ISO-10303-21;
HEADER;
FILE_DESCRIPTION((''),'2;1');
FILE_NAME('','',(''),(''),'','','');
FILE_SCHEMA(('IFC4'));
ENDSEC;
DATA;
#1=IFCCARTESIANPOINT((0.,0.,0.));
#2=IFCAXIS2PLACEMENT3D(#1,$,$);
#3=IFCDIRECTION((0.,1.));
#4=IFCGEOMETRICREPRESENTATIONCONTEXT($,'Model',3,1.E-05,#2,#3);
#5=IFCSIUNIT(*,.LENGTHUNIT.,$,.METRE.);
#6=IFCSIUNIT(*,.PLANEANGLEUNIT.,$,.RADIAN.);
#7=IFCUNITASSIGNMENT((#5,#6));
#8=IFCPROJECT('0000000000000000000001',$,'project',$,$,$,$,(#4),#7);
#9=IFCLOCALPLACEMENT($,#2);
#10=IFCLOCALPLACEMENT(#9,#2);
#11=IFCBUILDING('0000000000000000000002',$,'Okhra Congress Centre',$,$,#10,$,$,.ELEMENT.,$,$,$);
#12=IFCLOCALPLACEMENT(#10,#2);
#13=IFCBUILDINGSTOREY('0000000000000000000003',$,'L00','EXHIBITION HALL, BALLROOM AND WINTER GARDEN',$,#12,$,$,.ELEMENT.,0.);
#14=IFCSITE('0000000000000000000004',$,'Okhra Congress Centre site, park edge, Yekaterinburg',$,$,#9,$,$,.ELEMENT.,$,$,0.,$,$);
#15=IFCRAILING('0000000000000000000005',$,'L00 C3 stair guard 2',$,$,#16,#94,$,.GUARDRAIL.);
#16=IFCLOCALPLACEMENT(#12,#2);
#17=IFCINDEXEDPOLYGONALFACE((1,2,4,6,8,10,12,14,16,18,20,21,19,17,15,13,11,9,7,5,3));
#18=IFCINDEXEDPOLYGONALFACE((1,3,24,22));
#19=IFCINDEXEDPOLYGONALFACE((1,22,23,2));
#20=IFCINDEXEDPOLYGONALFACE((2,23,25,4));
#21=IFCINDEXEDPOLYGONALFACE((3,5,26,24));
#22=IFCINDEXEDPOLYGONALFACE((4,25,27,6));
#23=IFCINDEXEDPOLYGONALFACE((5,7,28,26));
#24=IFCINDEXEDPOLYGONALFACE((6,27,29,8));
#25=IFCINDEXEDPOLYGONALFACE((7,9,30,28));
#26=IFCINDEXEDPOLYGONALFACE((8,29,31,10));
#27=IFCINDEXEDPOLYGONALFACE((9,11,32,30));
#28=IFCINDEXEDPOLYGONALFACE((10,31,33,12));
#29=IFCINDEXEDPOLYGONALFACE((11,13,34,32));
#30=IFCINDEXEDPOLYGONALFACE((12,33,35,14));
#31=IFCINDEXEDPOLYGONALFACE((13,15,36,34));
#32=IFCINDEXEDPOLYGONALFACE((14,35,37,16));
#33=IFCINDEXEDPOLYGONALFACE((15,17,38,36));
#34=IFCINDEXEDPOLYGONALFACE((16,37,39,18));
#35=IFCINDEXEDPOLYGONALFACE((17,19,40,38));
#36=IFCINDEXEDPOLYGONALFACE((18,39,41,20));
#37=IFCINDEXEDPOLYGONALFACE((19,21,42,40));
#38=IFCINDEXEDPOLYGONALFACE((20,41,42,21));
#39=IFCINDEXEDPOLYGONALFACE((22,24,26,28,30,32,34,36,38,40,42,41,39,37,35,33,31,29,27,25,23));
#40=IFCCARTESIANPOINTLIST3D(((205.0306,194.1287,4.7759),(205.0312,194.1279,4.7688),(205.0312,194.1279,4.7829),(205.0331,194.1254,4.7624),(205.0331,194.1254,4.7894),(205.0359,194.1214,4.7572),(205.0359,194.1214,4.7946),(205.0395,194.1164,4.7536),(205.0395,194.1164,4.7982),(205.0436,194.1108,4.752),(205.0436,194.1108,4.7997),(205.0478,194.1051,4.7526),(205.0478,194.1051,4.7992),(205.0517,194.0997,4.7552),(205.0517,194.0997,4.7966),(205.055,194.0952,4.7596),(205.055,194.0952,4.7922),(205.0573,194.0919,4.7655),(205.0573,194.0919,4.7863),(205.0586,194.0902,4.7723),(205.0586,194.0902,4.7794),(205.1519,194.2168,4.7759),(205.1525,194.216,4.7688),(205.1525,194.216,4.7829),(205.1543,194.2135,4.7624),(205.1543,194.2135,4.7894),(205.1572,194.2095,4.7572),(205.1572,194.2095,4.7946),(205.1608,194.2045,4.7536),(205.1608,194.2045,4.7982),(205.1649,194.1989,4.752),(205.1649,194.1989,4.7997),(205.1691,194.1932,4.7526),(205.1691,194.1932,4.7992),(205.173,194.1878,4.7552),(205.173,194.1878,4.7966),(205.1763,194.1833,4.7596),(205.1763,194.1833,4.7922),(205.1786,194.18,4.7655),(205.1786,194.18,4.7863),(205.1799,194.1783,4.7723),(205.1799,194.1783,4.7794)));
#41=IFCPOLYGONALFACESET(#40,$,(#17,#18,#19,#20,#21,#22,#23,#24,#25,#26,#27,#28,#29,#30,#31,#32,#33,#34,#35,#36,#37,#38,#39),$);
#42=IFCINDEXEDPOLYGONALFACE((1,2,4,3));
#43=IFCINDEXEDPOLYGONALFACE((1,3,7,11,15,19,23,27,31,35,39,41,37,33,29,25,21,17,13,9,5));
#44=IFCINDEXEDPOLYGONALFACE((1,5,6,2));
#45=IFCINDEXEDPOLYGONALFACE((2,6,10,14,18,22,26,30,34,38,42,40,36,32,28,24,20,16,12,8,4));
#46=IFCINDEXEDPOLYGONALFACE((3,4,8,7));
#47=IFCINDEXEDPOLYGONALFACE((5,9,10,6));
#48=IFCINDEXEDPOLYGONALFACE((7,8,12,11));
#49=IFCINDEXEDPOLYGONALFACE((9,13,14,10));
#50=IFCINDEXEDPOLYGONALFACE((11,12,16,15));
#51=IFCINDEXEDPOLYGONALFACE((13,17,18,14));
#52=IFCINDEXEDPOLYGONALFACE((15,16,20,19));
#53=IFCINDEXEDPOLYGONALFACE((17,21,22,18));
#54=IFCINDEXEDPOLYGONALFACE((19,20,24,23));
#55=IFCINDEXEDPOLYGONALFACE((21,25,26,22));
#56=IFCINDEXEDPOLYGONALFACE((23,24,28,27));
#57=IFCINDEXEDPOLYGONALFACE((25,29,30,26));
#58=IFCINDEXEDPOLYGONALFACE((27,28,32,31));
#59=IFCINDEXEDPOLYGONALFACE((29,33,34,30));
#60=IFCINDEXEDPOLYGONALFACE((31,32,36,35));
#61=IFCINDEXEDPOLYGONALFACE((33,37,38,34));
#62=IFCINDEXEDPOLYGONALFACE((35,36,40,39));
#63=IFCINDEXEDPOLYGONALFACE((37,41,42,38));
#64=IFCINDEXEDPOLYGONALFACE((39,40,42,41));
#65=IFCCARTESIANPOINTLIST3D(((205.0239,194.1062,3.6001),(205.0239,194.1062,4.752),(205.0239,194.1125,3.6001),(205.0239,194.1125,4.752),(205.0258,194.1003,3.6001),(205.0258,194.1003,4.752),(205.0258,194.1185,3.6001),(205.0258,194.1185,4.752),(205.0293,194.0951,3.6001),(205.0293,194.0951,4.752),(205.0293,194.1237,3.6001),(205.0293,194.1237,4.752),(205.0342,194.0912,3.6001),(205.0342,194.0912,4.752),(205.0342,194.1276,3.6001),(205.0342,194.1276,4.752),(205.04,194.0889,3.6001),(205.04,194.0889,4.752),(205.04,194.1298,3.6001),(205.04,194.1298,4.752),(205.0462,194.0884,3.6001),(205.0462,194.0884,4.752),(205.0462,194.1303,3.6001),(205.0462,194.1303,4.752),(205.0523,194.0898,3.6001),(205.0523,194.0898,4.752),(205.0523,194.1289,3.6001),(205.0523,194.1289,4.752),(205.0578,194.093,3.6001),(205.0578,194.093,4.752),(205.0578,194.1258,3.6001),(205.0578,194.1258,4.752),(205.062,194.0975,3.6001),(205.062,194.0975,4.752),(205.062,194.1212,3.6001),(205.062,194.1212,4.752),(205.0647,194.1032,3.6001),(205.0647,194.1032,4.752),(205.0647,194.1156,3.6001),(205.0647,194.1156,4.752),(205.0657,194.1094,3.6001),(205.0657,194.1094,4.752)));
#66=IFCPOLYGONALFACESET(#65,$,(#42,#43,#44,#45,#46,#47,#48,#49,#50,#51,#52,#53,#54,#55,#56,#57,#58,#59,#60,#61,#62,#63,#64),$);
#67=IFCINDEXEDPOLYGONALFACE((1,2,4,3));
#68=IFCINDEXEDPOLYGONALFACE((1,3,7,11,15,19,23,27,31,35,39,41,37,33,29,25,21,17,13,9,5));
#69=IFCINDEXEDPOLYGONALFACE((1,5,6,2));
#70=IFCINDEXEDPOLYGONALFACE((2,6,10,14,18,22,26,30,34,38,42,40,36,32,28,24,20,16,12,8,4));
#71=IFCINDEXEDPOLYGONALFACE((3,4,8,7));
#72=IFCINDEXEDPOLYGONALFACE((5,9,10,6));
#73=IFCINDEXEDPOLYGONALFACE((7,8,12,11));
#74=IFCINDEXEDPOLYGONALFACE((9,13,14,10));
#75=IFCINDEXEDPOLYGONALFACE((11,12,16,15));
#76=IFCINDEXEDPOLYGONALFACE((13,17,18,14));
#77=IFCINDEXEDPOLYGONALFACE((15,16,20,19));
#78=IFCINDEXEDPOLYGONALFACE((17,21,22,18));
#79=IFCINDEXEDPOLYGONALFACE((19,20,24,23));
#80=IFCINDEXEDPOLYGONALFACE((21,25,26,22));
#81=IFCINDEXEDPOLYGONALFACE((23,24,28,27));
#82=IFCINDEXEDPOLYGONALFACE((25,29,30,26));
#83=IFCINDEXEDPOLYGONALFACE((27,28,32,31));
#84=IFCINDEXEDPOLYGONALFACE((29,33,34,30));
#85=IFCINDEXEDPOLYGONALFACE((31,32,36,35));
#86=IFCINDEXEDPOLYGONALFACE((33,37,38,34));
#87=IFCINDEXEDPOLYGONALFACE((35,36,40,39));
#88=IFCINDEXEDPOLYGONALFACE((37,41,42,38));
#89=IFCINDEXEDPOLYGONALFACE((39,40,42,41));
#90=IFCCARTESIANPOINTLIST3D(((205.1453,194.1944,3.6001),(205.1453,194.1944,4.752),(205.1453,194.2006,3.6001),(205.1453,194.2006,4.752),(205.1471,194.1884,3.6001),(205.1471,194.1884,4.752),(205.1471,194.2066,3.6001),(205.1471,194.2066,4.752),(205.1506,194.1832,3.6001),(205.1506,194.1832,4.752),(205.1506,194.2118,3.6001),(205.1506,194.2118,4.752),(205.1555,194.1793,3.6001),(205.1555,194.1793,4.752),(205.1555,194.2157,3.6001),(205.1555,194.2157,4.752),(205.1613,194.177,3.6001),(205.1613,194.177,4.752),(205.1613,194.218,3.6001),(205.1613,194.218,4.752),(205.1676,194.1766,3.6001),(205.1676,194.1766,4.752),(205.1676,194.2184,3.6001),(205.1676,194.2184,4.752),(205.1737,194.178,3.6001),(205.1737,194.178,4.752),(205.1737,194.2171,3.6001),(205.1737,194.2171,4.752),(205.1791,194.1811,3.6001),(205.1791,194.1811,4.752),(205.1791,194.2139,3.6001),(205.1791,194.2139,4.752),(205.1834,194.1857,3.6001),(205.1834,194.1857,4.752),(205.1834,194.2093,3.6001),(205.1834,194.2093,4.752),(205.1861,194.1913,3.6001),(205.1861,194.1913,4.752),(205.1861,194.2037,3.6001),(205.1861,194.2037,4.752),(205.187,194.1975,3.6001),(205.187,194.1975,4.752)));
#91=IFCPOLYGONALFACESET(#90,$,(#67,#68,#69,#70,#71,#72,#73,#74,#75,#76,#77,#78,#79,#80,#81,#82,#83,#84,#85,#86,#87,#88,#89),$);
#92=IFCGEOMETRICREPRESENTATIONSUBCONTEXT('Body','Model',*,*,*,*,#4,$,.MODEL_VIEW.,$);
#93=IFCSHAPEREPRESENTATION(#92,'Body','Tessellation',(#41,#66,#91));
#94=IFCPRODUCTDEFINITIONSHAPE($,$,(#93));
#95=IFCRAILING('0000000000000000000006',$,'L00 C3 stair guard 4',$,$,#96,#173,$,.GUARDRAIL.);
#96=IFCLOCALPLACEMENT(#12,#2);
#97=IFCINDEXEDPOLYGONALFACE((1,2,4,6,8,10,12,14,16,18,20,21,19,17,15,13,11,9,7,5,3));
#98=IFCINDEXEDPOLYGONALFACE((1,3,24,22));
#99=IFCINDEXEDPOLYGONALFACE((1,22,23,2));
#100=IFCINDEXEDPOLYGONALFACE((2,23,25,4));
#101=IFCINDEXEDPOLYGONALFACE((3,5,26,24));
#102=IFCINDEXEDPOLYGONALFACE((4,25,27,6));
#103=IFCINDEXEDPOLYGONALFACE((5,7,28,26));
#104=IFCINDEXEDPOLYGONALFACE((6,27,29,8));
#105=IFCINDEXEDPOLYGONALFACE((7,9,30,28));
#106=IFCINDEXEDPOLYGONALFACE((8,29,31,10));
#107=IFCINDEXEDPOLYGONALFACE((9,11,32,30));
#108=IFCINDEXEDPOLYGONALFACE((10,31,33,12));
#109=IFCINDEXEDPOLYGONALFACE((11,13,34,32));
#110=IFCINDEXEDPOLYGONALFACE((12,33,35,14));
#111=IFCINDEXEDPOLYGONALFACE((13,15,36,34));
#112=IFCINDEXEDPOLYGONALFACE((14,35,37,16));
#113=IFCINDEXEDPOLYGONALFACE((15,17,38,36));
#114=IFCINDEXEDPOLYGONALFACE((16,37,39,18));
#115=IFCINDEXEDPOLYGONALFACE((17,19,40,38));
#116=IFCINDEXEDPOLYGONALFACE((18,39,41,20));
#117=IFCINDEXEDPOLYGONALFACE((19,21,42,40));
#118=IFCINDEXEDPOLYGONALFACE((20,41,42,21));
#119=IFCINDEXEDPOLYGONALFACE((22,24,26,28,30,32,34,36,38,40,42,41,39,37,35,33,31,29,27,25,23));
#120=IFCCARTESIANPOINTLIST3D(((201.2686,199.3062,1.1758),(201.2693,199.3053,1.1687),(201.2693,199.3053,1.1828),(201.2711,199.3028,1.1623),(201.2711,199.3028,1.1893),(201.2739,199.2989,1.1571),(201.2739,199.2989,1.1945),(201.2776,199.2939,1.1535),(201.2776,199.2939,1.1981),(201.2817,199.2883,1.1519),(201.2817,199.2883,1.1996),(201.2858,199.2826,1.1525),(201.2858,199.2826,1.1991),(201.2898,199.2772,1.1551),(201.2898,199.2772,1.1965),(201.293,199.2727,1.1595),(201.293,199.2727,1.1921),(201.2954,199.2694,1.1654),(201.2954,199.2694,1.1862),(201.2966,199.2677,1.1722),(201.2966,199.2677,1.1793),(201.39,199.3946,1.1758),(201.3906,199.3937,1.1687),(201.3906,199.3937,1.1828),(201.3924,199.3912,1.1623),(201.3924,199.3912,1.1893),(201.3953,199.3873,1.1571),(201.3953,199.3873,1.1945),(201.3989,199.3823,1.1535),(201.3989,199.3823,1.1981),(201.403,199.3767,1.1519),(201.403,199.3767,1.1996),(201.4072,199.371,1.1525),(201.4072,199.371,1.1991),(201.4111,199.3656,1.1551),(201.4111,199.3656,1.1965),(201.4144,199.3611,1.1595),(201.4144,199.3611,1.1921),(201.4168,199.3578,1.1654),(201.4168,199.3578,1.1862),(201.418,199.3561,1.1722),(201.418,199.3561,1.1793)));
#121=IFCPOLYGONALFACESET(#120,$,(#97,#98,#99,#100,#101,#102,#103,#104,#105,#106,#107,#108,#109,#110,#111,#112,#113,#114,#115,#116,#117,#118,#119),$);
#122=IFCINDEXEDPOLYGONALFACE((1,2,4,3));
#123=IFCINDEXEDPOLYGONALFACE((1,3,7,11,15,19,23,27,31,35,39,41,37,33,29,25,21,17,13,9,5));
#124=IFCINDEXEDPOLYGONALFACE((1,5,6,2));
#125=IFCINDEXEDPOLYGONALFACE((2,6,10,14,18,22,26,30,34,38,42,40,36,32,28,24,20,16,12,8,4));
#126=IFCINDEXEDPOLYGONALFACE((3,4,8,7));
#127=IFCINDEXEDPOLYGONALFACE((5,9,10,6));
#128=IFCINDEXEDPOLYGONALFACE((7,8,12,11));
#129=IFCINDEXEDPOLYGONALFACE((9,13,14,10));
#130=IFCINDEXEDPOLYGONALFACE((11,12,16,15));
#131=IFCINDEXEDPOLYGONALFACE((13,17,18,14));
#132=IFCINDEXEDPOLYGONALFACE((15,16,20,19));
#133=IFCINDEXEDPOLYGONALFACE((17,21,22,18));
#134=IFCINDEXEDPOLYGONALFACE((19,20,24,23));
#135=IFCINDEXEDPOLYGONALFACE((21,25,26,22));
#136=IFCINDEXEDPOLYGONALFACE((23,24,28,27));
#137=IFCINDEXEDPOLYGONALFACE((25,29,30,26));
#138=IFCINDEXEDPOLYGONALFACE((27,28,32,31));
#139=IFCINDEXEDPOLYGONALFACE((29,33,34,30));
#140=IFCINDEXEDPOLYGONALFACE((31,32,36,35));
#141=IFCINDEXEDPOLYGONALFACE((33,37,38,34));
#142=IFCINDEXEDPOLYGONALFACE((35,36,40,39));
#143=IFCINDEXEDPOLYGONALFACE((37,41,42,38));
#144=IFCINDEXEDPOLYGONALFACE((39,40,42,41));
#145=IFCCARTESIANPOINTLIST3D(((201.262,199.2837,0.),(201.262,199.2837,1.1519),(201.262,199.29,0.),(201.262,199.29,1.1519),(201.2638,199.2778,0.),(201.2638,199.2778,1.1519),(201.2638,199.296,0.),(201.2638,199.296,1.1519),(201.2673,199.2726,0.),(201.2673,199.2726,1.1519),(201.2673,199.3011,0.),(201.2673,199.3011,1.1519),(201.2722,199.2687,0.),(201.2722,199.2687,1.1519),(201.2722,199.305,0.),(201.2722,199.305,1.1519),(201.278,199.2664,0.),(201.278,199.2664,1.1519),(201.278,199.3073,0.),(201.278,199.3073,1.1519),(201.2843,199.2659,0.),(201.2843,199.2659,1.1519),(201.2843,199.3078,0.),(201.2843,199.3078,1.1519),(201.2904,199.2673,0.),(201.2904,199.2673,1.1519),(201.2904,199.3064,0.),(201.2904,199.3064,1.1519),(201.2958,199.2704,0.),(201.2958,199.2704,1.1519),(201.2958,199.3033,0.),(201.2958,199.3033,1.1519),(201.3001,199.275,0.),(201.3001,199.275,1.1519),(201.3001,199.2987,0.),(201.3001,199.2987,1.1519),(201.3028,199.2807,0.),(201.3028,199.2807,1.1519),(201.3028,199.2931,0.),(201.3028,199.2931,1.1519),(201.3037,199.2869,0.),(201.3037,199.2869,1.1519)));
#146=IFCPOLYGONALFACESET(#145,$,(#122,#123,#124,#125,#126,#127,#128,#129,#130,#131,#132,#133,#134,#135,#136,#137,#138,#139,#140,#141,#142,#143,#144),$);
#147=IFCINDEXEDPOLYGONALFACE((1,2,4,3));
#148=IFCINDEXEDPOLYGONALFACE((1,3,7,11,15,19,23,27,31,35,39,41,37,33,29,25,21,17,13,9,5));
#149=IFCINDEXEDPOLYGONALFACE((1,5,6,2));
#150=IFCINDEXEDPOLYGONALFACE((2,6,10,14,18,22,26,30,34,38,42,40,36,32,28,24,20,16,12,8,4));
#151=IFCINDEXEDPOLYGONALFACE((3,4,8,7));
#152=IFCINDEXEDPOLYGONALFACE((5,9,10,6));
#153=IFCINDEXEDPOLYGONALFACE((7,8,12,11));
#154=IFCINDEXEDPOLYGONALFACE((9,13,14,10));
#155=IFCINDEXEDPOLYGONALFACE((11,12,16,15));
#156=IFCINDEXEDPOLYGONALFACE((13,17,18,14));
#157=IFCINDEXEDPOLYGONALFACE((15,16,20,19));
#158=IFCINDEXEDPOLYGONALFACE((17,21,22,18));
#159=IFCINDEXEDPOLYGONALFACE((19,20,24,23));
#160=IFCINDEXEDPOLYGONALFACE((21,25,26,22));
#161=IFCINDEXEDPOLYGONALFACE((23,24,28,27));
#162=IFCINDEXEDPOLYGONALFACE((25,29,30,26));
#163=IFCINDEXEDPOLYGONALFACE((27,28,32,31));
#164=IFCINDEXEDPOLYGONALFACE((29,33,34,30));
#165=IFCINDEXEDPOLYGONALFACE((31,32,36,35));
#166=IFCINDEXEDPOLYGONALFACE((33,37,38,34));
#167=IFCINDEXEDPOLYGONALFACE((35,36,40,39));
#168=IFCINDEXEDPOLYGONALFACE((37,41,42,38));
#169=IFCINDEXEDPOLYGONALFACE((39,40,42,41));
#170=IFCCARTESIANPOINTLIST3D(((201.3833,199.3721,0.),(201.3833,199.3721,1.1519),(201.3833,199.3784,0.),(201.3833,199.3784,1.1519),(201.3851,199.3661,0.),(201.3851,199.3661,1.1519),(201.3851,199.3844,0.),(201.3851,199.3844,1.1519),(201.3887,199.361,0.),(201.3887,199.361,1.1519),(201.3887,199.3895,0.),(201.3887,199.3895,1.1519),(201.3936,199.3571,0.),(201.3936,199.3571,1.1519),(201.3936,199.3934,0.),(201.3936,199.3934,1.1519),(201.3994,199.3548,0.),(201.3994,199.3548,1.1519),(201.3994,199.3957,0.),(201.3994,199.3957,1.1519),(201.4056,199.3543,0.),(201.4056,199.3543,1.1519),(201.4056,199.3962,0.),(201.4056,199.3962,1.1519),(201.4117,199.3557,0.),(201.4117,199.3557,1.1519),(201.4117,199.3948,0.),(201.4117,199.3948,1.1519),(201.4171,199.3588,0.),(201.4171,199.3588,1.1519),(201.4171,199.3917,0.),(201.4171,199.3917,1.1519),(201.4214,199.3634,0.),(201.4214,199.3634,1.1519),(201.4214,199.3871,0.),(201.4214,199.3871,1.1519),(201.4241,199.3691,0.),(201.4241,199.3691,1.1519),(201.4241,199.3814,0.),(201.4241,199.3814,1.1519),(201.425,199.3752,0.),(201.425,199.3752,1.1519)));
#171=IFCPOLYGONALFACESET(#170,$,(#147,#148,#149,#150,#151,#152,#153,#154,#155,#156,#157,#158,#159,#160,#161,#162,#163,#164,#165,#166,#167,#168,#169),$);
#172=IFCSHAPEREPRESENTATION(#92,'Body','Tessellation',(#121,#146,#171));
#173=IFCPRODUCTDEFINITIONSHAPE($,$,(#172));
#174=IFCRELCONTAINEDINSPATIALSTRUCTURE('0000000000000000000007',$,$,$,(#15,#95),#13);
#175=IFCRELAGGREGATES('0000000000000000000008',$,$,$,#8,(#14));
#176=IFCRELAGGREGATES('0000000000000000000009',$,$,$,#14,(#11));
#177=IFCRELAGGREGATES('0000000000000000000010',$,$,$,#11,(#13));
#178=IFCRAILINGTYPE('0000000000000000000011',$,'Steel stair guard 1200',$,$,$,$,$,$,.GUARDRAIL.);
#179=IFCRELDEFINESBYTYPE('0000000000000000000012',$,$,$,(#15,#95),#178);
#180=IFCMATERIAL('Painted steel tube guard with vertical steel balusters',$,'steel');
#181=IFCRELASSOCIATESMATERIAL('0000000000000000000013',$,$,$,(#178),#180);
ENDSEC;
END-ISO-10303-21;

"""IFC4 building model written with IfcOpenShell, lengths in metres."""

from ifc_helpers import new_model, si_unit, direction, frame, origin, origin_2d, place, context, subcontext, project, spatial, circle, extrude, material, type_object, element, save


model = new_model("IFC4")

# Units and contexts
model_context = context("Model", 3, precision=1e-05, world=origin(), true_north=direction((0.0, 1.0)))
body_context = subcontext(model_context, "Body", "Model", "MODEL_VIEW")
ifc_project = project(units=[si_unit("LENGTHUNIT", "METRE"), si_unit("PLANEANGLEUNIT", "RADIAN")], contexts=[model_context])

# Site, building, storey
site_placement = place(None, origin())
site = spatial("IfcSite", under=ifc_project, at=site_placement, Name="Okhra Congress Centre site, park edge, Yekaterinburg", CompositionType="ELEMENT", RefElevation=0.0)
building_placement = place(site_placement, origin())
building = spatial("IfcBuilding", under=site, at=building_placement, Name="Okhra Congress Centre", CompositionType="ELEMENT")
storey_placement = place(building_placement, origin())
storey = spatial("IfcBuildingStorey", under=building, at=storey_placement, Name="L00", Description="EXHIBITION HALL, BALLROOM AND WINTER GARDEN", CompositionType="ELEMENT", Elevation=0.0)

# Railings
ifc_material_1 = material(Name="Painted steel tube guard with vertical steel balusters", Category="steel")
railing_type_1 = type_object("IfcRailingType", Name="Steel stair guard 1200", PredefinedType="GUARDRAIL", material=ifc_material_1)
railing_1_placement = place(storey_placement, frame((205.0447, 194.1094, 3.6001)))
element("IfcRailing", 1, at=railing_1_placement, inside=storey, type_object=railing_type_1, Name="L00 C3 stair guard 2", PredefinedType="GUARDRAIL", context=body_context, shape_type="SweptSolid", body=[
    extrude(circle(Radius=0.0239, at=origin_2d()), frame((0.0, 0.0, 1.1758), z_axis=(0.809088, 0.587688, 0.0), x_axis=(-0.587688, 0.809088, 0.0)), (0.0, 0.0, 1.0), 0.1499),
    extrude(circle(Radius=0.021, at=origin_2d()), origin(), (0.0, 0.0, 1.0), 1.1519),
    extrude(circle(Radius=0.021, at=origin_2d()), frame((0.1213, 0.0881, 0.0)), (0.0, 0.0, 1.0), 1.1519),
])
railing_2_placement = place(storey_placement, frame((201.2827, 199.2869, 0.0)))
element("IfcRailing", 2, at=railing_2_placement, inside=storey, type_object=railing_type_1, Name="L00 C3 stair guard 4", PredefinedType="GUARDRAIL", context=body_context, shape_type="SweptSolid", body=[
    extrude(circle(Radius=0.0239, at=origin_2d()), frame((0.0, 0.0, 1.1758), z_axis=(0.808314, 0.588752, 0.0), x_axis=(-0.588752, 0.808314, 0.0)), (0.0, 0.0, 1.0), 0.1501),
    extrude(circle(Radius=0.021, at=origin_2d()), origin(), (0.0, 0.0, 1.0), 1.1519),
    extrude(circle(Radius=0.021, at=origin_2d()), frame((0.1213, 0.0884, 0.0)), (0.0, 0.0, 1.0), 1.1519),
])

save(model, "model.ifc")
